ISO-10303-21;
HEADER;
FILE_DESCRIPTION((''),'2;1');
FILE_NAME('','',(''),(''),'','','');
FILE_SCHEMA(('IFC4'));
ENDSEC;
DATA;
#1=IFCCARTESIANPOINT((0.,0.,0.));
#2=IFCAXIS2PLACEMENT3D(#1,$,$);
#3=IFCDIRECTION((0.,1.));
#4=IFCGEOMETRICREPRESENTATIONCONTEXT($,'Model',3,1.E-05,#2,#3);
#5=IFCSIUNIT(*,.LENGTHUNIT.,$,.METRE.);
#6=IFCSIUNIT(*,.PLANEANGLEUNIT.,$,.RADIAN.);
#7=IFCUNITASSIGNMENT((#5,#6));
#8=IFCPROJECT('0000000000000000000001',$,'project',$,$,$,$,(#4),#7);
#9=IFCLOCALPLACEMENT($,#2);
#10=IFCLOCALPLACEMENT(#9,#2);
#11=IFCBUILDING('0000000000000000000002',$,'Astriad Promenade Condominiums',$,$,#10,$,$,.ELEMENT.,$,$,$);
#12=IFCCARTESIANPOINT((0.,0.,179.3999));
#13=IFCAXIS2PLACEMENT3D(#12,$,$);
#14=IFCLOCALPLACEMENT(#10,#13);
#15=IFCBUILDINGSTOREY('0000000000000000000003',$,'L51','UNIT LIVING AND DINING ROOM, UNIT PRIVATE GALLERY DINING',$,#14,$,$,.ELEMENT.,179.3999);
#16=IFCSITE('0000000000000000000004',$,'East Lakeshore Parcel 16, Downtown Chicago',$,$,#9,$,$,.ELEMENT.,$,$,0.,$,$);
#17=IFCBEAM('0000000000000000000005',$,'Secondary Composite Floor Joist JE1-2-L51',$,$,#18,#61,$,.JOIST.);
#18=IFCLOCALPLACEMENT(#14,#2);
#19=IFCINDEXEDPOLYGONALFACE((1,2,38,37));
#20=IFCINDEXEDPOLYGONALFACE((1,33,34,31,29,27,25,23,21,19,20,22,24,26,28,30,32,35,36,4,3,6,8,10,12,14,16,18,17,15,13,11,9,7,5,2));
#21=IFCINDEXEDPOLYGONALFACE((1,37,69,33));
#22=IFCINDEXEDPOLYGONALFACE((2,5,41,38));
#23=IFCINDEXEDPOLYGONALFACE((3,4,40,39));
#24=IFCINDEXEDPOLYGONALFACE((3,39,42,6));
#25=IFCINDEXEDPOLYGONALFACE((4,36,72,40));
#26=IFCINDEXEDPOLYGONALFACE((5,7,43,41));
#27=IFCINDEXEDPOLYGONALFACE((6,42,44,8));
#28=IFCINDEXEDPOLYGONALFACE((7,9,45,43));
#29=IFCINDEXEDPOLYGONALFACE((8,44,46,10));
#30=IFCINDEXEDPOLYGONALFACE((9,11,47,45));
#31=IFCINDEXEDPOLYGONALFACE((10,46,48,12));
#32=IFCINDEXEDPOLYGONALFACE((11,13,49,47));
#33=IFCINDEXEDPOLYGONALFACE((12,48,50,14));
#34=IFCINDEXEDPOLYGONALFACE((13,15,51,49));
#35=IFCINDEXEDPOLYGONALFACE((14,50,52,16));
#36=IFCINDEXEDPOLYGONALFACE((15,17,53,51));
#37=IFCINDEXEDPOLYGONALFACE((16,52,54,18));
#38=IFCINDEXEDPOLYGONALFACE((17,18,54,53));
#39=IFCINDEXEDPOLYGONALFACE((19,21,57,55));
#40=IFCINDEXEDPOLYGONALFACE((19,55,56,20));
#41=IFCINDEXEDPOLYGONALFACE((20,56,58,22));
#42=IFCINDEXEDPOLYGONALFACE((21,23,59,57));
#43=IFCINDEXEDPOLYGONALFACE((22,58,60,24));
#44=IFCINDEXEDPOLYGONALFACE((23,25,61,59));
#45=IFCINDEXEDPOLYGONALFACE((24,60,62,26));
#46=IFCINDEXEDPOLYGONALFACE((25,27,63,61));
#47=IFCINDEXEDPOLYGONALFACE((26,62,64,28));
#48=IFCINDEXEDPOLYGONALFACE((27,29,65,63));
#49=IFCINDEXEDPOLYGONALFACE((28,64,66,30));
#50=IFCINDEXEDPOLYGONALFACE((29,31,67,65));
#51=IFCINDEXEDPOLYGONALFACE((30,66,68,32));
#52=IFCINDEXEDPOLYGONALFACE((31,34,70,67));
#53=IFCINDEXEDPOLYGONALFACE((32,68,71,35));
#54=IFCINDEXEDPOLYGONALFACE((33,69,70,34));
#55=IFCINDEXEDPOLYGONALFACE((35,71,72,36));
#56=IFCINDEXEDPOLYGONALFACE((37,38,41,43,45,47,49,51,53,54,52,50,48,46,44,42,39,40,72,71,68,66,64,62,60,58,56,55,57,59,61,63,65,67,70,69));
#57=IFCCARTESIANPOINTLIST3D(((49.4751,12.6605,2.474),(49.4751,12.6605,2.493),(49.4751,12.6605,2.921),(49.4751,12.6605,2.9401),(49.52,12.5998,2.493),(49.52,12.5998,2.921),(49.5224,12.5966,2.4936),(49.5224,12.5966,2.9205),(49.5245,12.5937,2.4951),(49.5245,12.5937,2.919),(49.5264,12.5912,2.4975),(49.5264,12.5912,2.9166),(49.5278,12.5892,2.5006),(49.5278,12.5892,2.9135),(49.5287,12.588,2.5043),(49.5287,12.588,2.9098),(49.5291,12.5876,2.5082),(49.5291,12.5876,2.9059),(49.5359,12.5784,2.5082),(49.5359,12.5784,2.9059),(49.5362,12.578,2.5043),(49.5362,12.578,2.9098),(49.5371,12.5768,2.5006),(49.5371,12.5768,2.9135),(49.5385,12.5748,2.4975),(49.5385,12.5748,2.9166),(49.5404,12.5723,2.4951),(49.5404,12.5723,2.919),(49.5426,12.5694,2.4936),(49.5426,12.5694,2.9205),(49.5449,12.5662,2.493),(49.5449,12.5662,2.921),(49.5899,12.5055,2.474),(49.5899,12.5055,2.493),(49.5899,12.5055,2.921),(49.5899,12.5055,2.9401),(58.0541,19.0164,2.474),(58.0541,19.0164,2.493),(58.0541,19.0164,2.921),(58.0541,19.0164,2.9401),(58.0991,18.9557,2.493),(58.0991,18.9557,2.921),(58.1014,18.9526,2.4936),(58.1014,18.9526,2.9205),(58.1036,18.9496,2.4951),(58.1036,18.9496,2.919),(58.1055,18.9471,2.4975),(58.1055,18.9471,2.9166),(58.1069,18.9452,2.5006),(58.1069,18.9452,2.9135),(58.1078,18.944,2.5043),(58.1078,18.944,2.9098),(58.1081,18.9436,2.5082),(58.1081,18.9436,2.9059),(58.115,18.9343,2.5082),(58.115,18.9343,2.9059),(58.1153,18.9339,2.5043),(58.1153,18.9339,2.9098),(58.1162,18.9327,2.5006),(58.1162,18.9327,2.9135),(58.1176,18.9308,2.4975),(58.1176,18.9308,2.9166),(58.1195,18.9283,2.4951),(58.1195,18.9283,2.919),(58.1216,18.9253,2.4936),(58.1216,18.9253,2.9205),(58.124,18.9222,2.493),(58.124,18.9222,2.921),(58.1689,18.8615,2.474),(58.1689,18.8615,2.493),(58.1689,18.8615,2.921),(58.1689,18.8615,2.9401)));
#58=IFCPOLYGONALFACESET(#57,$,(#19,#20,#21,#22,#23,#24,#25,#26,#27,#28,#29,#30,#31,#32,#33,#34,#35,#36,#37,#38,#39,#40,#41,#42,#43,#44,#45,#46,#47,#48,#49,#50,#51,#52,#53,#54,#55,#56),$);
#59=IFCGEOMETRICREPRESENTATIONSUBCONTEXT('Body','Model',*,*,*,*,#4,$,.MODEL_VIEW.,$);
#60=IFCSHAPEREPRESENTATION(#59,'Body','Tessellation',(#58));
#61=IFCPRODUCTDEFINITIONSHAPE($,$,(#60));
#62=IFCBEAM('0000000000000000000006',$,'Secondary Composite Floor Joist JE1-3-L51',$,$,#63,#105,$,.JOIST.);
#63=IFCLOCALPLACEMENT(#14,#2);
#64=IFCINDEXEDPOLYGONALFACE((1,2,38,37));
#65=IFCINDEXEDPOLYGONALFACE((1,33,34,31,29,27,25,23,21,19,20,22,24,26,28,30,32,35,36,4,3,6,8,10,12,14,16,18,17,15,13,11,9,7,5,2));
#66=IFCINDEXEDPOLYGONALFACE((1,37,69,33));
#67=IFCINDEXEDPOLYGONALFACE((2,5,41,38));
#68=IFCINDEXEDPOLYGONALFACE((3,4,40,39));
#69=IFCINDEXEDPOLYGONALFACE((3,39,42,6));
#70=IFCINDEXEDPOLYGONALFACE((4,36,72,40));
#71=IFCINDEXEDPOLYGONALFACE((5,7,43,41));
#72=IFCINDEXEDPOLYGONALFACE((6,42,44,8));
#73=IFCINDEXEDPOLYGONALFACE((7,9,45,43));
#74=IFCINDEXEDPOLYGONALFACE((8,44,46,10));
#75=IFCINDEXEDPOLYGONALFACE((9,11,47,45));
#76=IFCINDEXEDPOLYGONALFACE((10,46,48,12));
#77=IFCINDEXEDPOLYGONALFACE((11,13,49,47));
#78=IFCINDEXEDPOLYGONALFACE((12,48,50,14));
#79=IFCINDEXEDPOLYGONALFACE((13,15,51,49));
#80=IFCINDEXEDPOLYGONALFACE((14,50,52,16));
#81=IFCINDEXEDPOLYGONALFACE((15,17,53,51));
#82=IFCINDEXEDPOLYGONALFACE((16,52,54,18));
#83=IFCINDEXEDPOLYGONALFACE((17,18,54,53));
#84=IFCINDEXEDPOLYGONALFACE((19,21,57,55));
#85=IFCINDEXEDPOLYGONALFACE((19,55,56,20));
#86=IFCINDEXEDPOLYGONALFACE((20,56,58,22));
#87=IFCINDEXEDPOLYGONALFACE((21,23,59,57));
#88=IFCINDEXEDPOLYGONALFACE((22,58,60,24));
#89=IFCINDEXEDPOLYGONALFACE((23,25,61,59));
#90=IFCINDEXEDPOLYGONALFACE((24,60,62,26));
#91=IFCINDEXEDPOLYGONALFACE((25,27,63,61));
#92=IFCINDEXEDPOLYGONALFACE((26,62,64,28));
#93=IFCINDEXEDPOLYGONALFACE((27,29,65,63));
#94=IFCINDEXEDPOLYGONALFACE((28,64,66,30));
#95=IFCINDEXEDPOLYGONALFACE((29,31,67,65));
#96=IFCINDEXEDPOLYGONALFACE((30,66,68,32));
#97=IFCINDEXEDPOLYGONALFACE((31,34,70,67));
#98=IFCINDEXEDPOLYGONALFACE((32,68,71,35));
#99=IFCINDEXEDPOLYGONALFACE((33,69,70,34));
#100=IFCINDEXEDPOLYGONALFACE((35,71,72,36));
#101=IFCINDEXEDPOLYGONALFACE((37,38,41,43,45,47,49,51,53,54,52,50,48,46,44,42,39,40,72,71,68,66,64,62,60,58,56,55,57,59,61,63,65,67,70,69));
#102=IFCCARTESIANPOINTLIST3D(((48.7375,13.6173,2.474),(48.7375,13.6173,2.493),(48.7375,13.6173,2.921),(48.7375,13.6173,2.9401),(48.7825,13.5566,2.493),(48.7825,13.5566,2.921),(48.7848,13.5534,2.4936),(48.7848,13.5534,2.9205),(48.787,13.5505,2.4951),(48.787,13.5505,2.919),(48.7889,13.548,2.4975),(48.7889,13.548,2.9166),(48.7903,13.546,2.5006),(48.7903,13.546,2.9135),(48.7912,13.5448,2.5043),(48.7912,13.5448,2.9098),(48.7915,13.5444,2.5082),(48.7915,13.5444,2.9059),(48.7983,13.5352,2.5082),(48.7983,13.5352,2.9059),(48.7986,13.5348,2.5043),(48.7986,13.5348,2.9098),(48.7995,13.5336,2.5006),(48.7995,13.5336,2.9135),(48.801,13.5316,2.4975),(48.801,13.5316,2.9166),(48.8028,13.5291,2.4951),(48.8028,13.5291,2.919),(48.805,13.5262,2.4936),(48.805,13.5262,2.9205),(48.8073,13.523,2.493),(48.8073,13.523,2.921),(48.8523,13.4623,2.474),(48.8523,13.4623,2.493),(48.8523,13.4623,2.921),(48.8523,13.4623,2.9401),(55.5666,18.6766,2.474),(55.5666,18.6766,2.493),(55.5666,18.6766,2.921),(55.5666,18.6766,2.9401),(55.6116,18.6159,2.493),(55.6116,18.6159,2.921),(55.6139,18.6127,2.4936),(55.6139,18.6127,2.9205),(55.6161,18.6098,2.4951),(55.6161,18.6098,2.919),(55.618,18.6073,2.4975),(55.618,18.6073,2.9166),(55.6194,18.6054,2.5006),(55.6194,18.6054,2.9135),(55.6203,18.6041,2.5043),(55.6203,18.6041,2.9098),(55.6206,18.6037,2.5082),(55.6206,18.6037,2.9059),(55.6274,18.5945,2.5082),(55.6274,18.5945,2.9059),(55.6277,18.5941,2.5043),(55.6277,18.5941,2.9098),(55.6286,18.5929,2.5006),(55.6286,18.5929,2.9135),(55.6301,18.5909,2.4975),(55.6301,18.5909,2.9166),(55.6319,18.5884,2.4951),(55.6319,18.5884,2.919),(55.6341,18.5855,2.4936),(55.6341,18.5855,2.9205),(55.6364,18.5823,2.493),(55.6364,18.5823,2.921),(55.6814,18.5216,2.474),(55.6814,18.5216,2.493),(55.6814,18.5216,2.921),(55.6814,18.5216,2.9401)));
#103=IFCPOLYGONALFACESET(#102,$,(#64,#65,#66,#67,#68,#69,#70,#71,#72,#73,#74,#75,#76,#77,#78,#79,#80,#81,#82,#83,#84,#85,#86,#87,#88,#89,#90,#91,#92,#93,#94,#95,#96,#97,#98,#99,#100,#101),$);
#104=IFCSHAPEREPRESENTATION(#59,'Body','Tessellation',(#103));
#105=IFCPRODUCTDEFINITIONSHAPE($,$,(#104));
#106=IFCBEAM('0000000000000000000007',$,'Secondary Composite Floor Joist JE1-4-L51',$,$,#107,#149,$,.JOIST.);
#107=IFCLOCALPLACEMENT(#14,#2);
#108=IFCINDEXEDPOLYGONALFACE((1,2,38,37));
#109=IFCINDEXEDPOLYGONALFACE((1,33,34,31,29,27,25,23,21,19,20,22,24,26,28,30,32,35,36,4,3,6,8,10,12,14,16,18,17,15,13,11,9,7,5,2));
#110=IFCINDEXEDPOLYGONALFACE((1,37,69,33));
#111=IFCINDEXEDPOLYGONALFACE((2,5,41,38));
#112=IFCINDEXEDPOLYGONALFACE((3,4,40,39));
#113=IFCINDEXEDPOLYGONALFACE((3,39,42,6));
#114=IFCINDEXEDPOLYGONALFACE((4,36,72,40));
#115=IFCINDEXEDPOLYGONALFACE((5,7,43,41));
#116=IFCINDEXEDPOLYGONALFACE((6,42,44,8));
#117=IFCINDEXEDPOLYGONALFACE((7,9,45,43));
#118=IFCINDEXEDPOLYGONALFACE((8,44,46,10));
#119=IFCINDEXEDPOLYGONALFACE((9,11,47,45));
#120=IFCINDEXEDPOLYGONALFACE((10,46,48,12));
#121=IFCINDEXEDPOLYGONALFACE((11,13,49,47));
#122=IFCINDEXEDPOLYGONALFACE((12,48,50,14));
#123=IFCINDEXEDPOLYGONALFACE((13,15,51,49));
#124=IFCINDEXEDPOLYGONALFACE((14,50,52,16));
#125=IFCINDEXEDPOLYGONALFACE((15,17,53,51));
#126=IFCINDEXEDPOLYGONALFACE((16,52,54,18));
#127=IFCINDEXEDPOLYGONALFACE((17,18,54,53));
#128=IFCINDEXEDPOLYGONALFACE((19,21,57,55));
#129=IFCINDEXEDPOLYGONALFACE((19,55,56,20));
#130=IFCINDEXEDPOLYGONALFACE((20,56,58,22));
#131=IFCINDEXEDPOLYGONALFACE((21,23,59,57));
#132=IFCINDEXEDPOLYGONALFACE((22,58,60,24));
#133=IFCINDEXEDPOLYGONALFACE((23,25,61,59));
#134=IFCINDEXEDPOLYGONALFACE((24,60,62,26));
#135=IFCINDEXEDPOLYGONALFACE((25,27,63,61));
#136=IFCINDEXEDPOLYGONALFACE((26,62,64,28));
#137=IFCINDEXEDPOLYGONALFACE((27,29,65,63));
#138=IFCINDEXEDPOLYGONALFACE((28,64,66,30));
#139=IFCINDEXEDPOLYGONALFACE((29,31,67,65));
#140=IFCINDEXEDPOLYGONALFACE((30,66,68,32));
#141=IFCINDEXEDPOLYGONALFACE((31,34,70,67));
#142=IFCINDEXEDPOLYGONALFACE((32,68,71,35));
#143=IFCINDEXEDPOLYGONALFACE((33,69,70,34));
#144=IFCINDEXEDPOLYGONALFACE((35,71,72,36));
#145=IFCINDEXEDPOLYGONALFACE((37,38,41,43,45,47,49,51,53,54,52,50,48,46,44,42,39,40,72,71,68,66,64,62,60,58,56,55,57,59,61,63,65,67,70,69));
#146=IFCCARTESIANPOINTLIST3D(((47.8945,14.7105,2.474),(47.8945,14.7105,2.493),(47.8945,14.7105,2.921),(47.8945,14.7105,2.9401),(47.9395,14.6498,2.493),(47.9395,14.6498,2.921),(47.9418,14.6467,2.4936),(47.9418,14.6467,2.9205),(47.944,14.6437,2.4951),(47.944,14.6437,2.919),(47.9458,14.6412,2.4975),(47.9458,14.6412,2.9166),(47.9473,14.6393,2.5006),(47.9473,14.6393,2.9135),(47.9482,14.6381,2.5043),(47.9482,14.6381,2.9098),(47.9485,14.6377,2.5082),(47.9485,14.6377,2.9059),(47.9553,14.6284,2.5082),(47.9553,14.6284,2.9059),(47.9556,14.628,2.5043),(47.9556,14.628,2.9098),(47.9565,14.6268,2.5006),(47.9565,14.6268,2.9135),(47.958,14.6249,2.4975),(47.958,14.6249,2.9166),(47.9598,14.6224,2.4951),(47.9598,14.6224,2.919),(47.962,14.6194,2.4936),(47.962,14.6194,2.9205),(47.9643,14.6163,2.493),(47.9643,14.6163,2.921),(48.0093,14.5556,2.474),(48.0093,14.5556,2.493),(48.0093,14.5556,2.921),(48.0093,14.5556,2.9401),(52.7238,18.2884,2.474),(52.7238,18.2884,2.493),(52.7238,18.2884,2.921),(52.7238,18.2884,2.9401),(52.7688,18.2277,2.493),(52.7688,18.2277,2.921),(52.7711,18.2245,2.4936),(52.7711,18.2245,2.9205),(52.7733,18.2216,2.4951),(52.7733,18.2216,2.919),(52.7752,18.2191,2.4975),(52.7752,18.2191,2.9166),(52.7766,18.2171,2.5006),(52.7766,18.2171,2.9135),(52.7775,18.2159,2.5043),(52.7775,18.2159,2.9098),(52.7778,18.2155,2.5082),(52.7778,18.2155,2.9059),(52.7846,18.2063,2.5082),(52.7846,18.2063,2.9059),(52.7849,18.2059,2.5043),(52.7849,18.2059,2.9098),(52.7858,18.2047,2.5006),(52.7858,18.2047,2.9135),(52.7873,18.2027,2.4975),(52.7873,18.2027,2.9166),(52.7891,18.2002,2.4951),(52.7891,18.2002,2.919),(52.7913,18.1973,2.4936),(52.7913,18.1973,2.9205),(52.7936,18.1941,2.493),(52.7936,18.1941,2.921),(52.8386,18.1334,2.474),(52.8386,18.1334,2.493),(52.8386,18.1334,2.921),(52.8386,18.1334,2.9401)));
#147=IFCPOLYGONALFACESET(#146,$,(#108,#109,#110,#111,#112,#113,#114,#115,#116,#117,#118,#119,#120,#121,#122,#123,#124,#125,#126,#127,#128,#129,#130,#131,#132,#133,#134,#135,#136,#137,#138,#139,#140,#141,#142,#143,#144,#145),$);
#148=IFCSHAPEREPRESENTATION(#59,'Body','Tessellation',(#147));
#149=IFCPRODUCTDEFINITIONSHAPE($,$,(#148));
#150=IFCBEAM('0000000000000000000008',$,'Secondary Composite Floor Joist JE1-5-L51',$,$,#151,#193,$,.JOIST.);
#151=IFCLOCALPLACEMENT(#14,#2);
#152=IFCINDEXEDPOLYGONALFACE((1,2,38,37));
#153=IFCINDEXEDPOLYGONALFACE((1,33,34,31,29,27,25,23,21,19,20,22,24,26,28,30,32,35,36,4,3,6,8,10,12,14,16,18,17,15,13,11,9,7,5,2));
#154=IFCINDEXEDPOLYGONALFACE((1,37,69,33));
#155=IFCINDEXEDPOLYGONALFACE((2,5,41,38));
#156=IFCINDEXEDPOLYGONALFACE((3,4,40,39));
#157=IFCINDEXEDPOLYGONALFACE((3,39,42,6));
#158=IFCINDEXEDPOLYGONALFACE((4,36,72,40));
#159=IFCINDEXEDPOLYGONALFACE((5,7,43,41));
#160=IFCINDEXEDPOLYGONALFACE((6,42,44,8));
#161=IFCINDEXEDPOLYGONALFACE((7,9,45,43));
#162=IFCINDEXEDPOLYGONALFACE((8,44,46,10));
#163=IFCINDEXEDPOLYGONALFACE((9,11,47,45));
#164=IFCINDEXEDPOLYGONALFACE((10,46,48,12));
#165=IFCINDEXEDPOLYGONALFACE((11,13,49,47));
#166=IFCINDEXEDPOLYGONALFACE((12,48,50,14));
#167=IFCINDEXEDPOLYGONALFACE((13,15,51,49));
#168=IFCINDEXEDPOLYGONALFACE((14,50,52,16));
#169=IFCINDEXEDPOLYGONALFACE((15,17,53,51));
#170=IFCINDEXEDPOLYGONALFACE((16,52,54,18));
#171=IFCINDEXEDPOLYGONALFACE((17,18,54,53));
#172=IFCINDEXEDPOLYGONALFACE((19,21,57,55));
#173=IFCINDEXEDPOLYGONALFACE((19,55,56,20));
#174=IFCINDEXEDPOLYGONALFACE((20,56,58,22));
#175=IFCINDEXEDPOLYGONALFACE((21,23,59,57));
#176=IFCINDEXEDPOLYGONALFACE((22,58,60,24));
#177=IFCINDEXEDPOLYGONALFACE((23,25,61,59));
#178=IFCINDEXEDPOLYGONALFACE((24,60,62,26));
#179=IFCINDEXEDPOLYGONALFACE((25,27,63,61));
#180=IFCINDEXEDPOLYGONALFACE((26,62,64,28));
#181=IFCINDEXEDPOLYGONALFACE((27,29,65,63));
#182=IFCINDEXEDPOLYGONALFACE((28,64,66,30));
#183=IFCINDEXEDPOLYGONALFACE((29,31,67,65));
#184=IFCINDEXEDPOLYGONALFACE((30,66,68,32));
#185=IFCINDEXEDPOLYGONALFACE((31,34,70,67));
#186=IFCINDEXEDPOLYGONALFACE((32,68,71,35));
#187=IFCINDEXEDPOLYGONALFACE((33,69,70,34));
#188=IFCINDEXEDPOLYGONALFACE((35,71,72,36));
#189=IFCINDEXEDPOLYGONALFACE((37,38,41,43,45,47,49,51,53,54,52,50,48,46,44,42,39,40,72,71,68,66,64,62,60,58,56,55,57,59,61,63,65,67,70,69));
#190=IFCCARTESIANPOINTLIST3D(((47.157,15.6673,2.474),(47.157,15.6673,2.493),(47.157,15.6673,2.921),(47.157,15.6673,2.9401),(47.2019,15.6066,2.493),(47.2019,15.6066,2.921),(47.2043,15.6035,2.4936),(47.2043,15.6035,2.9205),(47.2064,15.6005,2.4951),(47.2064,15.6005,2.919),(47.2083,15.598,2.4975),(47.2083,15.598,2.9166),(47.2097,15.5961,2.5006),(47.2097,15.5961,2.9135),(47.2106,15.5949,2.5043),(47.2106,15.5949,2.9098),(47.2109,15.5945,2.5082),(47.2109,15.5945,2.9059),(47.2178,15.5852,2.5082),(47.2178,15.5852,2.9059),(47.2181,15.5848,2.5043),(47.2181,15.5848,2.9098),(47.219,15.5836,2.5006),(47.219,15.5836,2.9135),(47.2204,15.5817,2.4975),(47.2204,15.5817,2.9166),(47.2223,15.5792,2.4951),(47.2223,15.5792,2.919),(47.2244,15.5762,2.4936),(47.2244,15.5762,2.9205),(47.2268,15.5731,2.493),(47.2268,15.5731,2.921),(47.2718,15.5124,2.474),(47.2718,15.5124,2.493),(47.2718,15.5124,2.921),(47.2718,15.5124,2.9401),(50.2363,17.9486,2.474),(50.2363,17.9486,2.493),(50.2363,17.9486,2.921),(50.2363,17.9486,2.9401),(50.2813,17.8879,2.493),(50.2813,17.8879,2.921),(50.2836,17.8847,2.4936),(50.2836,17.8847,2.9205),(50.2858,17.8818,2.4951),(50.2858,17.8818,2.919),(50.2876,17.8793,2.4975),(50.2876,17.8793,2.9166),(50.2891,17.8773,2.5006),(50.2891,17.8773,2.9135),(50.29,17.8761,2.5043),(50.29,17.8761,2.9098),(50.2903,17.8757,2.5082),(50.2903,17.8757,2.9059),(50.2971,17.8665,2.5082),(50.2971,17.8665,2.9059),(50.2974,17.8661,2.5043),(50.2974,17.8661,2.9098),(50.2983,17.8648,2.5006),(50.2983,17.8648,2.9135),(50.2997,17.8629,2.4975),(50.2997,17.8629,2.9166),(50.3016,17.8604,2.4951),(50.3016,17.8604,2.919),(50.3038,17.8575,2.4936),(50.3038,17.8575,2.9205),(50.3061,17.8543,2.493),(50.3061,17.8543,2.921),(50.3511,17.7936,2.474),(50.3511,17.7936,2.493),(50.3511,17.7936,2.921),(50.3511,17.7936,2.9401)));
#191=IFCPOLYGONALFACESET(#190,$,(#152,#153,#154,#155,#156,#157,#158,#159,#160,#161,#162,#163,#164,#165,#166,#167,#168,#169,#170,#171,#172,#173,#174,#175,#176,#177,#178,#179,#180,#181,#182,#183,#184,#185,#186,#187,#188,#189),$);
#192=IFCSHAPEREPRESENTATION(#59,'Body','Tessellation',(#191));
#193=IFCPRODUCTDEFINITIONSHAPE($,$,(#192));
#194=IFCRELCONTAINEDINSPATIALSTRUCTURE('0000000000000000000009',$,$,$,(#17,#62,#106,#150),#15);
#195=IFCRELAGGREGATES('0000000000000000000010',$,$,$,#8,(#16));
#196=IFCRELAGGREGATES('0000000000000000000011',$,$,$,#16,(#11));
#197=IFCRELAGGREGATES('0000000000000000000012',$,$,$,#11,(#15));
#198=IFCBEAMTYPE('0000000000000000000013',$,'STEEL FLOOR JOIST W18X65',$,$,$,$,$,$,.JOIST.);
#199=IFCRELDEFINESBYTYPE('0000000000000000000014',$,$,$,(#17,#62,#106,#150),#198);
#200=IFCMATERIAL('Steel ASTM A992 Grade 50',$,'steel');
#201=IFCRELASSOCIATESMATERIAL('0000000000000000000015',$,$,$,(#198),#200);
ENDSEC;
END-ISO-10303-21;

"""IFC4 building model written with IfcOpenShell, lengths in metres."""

from ifc_helpers import new_model, si_unit, direction, frame, origin, origin_2d, place, context, subcontext, project, spatial, i_section, extrude, source, transform, mapped, material, material_profile, profile_set, type_object, element, save


model = new_model("IFC4")

# Units and contexts
model_context = context("Model", 3, precision=1e-05, world=origin(), true_north=direction((0.0, 1.0)))
body_context = subcontext(model_context, "Body", "Model", "MODEL_VIEW")
ifc_project = project(units=[si_unit("LENGTHUNIT", "METRE"), si_unit("PLANEANGLEUNIT", "RADIAN")], contexts=[model_context])

# Site, building, storey
site_placement = place(None, origin())
site = spatial("IfcSite", under=ifc_project, at=site_placement, Name="East Lakeshore Parcel 16, Downtown Chicago", CompositionType="ELEMENT", RefElevation=0.0)
building_placement = place(site_placement, origin())
building = spatial("IfcBuilding", under=site, at=building_placement, Name="Astriad Promenade Condominiums", CompositionType="ELEMENT")
storey_placement = place(building_placement, frame((0.0, 0.0, 179.3999)))
storey = spatial("IfcBuildingStorey", under=building, at=storey_placement, Name="L51", Description="UNIT LIVING AND DINING ROOM, UNIT PRIVATE GALLERY DINING", CompositionType="ELEMENT", Elevation=179.3999)

# Beams
ifc_material_1 = material(Name="Steel ASTM A992 Grade 50", Category="steel")
ifc_material_profile_1 = material_profile(ifc_material_1, i_section(OverallWidth=0.1929, OverallDepth=0.4661, WebThickness=0.0115, FlangeThickness=0.019, FilletRadius=0.0151, at=origin_2d()), Name="W18X65")
ifc_profile_set_1 = profile_set([ifc_material_profile_1], Name="Steel ASTM A992 Grade 50")
beam_type_1 = type_object("IfcBeamType", Name="STEEL FLOOR JOIST W18X65", PredefinedType="JOIST", material=ifc_profile_set_1)
shared_shape_1 = source(origin(), body_context, "Body", "SweptSolid", [
    extrude(i_section(OverallWidth=0.1929, OverallDepth=0.4661, WebThickness=0.0115, FlangeThickness=0.019, FilletRadius=0.0151, at=origin_2d()), origin(), (0.0, 0.0, 1.0), 10.677),
])
beam_1_placement = place(storey_placement, frame((49.5325, 12.583, 2.707), z_axis=(0.803509, 0.595292, 0.0), x_axis=(-0.595292, 0.803509, 0.0)))
element("IfcBeam", 1, at=beam_1_placement, inside=storey, type_object=beam_type_1, Name="Secondary Composite Floor Joist JE1-2-L51", PredefinedType="JOIST", context=body_context, shape_type="MappedRepresentation", body=[
    mapped(shared_shape_1, transform((0.0, 0.0, 0.0), scale=1.0)),
])
shared_shape_2 = source(origin(), body_context, "Body", "SweptSolid", [
    extrude(i_section(OverallWidth=0.1929, OverallDepth=0.4661, WebThickness=0.0115, FlangeThickness=0.019, FilletRadius=0.0151, at=origin_2d()), origin(), (0.0, 0.0, 1.0), 8.499),
])
beam_2_placement = place(storey_placement, frame((48.7949, 13.5398, 2.707), z_axis=(0.803516, 0.595283, 0.0), x_axis=(-0.595283, 0.803516, 0.0)))
element("IfcBeam", 2, at=beam_2_placement, inside=storey, type_object=beam_type_1, Name="Secondary Composite Floor Joist JE1-3-L51", PredefinedType="JOIST", context=body_context, shape_type="MappedRepresentation", body=[
    mapped(shared_shape_2, transform((0.0, 0.0, 0.0), scale=1.0)),
])
shared_shape_3 = source(origin(), body_context, "Body", "SweptSolid", [
    extrude(i_section(OverallWidth=0.1929, OverallDepth=0.4661, WebThickness=0.0115, FlangeThickness=0.019, FilletRadius=0.0151, at=origin_2d()), origin(), (0.0, 0.0, 1.0), 6.0103),
])
beam_3_placement = place(storey_placement, frame((47.9519, 14.6331, 2.707), z_axis=(0.80351, 0.595291, 0.0), x_axis=(-0.595291, 0.80351, 0.0)))
element("IfcBeam", 3, at=beam_3_placement, inside=storey, type_object=beam_type_1, Name="Secondary Composite Floor Joist JE1-4-L51", PredefinedType="JOIST", context=body_context, shape_type="MappedRepresentation", body=[
    mapped(shared_shape_3, transform((0.0, 0.0, 0.0), scale=1.0)),
])
shared_shape_4 = source(origin(), body_context, "Body", "SweptSolid", [
    extrude(i_section(OverallWidth=0.1929, OverallDepth=0.4661, WebThickness=0.0115, FlangeThickness=0.019, FilletRadius=0.0151, at=origin_2d()), origin(), (0.0, 0.0, 1.0), 3.8323),
])
beam_4_placement = place(storey_placement, frame((47.2144, 15.5898, 2.707), z_axis=(0.803526, 0.59527, 0.0), x_axis=(-0.59527, 0.803526, 0.0)))
element("IfcBeam", 4, at=beam_4_placement, inside=storey, type_object=beam_type_1, Name="Secondary Composite Floor Joist JE1-5-L51", PredefinedType="JOIST", context=body_context, shape_type="MappedRepresentation", body=[
    mapped(shared_shape_4, transform((0.0, 0.0, 0.0), scale=1.0)),
])

save(model, "model.ifc")
